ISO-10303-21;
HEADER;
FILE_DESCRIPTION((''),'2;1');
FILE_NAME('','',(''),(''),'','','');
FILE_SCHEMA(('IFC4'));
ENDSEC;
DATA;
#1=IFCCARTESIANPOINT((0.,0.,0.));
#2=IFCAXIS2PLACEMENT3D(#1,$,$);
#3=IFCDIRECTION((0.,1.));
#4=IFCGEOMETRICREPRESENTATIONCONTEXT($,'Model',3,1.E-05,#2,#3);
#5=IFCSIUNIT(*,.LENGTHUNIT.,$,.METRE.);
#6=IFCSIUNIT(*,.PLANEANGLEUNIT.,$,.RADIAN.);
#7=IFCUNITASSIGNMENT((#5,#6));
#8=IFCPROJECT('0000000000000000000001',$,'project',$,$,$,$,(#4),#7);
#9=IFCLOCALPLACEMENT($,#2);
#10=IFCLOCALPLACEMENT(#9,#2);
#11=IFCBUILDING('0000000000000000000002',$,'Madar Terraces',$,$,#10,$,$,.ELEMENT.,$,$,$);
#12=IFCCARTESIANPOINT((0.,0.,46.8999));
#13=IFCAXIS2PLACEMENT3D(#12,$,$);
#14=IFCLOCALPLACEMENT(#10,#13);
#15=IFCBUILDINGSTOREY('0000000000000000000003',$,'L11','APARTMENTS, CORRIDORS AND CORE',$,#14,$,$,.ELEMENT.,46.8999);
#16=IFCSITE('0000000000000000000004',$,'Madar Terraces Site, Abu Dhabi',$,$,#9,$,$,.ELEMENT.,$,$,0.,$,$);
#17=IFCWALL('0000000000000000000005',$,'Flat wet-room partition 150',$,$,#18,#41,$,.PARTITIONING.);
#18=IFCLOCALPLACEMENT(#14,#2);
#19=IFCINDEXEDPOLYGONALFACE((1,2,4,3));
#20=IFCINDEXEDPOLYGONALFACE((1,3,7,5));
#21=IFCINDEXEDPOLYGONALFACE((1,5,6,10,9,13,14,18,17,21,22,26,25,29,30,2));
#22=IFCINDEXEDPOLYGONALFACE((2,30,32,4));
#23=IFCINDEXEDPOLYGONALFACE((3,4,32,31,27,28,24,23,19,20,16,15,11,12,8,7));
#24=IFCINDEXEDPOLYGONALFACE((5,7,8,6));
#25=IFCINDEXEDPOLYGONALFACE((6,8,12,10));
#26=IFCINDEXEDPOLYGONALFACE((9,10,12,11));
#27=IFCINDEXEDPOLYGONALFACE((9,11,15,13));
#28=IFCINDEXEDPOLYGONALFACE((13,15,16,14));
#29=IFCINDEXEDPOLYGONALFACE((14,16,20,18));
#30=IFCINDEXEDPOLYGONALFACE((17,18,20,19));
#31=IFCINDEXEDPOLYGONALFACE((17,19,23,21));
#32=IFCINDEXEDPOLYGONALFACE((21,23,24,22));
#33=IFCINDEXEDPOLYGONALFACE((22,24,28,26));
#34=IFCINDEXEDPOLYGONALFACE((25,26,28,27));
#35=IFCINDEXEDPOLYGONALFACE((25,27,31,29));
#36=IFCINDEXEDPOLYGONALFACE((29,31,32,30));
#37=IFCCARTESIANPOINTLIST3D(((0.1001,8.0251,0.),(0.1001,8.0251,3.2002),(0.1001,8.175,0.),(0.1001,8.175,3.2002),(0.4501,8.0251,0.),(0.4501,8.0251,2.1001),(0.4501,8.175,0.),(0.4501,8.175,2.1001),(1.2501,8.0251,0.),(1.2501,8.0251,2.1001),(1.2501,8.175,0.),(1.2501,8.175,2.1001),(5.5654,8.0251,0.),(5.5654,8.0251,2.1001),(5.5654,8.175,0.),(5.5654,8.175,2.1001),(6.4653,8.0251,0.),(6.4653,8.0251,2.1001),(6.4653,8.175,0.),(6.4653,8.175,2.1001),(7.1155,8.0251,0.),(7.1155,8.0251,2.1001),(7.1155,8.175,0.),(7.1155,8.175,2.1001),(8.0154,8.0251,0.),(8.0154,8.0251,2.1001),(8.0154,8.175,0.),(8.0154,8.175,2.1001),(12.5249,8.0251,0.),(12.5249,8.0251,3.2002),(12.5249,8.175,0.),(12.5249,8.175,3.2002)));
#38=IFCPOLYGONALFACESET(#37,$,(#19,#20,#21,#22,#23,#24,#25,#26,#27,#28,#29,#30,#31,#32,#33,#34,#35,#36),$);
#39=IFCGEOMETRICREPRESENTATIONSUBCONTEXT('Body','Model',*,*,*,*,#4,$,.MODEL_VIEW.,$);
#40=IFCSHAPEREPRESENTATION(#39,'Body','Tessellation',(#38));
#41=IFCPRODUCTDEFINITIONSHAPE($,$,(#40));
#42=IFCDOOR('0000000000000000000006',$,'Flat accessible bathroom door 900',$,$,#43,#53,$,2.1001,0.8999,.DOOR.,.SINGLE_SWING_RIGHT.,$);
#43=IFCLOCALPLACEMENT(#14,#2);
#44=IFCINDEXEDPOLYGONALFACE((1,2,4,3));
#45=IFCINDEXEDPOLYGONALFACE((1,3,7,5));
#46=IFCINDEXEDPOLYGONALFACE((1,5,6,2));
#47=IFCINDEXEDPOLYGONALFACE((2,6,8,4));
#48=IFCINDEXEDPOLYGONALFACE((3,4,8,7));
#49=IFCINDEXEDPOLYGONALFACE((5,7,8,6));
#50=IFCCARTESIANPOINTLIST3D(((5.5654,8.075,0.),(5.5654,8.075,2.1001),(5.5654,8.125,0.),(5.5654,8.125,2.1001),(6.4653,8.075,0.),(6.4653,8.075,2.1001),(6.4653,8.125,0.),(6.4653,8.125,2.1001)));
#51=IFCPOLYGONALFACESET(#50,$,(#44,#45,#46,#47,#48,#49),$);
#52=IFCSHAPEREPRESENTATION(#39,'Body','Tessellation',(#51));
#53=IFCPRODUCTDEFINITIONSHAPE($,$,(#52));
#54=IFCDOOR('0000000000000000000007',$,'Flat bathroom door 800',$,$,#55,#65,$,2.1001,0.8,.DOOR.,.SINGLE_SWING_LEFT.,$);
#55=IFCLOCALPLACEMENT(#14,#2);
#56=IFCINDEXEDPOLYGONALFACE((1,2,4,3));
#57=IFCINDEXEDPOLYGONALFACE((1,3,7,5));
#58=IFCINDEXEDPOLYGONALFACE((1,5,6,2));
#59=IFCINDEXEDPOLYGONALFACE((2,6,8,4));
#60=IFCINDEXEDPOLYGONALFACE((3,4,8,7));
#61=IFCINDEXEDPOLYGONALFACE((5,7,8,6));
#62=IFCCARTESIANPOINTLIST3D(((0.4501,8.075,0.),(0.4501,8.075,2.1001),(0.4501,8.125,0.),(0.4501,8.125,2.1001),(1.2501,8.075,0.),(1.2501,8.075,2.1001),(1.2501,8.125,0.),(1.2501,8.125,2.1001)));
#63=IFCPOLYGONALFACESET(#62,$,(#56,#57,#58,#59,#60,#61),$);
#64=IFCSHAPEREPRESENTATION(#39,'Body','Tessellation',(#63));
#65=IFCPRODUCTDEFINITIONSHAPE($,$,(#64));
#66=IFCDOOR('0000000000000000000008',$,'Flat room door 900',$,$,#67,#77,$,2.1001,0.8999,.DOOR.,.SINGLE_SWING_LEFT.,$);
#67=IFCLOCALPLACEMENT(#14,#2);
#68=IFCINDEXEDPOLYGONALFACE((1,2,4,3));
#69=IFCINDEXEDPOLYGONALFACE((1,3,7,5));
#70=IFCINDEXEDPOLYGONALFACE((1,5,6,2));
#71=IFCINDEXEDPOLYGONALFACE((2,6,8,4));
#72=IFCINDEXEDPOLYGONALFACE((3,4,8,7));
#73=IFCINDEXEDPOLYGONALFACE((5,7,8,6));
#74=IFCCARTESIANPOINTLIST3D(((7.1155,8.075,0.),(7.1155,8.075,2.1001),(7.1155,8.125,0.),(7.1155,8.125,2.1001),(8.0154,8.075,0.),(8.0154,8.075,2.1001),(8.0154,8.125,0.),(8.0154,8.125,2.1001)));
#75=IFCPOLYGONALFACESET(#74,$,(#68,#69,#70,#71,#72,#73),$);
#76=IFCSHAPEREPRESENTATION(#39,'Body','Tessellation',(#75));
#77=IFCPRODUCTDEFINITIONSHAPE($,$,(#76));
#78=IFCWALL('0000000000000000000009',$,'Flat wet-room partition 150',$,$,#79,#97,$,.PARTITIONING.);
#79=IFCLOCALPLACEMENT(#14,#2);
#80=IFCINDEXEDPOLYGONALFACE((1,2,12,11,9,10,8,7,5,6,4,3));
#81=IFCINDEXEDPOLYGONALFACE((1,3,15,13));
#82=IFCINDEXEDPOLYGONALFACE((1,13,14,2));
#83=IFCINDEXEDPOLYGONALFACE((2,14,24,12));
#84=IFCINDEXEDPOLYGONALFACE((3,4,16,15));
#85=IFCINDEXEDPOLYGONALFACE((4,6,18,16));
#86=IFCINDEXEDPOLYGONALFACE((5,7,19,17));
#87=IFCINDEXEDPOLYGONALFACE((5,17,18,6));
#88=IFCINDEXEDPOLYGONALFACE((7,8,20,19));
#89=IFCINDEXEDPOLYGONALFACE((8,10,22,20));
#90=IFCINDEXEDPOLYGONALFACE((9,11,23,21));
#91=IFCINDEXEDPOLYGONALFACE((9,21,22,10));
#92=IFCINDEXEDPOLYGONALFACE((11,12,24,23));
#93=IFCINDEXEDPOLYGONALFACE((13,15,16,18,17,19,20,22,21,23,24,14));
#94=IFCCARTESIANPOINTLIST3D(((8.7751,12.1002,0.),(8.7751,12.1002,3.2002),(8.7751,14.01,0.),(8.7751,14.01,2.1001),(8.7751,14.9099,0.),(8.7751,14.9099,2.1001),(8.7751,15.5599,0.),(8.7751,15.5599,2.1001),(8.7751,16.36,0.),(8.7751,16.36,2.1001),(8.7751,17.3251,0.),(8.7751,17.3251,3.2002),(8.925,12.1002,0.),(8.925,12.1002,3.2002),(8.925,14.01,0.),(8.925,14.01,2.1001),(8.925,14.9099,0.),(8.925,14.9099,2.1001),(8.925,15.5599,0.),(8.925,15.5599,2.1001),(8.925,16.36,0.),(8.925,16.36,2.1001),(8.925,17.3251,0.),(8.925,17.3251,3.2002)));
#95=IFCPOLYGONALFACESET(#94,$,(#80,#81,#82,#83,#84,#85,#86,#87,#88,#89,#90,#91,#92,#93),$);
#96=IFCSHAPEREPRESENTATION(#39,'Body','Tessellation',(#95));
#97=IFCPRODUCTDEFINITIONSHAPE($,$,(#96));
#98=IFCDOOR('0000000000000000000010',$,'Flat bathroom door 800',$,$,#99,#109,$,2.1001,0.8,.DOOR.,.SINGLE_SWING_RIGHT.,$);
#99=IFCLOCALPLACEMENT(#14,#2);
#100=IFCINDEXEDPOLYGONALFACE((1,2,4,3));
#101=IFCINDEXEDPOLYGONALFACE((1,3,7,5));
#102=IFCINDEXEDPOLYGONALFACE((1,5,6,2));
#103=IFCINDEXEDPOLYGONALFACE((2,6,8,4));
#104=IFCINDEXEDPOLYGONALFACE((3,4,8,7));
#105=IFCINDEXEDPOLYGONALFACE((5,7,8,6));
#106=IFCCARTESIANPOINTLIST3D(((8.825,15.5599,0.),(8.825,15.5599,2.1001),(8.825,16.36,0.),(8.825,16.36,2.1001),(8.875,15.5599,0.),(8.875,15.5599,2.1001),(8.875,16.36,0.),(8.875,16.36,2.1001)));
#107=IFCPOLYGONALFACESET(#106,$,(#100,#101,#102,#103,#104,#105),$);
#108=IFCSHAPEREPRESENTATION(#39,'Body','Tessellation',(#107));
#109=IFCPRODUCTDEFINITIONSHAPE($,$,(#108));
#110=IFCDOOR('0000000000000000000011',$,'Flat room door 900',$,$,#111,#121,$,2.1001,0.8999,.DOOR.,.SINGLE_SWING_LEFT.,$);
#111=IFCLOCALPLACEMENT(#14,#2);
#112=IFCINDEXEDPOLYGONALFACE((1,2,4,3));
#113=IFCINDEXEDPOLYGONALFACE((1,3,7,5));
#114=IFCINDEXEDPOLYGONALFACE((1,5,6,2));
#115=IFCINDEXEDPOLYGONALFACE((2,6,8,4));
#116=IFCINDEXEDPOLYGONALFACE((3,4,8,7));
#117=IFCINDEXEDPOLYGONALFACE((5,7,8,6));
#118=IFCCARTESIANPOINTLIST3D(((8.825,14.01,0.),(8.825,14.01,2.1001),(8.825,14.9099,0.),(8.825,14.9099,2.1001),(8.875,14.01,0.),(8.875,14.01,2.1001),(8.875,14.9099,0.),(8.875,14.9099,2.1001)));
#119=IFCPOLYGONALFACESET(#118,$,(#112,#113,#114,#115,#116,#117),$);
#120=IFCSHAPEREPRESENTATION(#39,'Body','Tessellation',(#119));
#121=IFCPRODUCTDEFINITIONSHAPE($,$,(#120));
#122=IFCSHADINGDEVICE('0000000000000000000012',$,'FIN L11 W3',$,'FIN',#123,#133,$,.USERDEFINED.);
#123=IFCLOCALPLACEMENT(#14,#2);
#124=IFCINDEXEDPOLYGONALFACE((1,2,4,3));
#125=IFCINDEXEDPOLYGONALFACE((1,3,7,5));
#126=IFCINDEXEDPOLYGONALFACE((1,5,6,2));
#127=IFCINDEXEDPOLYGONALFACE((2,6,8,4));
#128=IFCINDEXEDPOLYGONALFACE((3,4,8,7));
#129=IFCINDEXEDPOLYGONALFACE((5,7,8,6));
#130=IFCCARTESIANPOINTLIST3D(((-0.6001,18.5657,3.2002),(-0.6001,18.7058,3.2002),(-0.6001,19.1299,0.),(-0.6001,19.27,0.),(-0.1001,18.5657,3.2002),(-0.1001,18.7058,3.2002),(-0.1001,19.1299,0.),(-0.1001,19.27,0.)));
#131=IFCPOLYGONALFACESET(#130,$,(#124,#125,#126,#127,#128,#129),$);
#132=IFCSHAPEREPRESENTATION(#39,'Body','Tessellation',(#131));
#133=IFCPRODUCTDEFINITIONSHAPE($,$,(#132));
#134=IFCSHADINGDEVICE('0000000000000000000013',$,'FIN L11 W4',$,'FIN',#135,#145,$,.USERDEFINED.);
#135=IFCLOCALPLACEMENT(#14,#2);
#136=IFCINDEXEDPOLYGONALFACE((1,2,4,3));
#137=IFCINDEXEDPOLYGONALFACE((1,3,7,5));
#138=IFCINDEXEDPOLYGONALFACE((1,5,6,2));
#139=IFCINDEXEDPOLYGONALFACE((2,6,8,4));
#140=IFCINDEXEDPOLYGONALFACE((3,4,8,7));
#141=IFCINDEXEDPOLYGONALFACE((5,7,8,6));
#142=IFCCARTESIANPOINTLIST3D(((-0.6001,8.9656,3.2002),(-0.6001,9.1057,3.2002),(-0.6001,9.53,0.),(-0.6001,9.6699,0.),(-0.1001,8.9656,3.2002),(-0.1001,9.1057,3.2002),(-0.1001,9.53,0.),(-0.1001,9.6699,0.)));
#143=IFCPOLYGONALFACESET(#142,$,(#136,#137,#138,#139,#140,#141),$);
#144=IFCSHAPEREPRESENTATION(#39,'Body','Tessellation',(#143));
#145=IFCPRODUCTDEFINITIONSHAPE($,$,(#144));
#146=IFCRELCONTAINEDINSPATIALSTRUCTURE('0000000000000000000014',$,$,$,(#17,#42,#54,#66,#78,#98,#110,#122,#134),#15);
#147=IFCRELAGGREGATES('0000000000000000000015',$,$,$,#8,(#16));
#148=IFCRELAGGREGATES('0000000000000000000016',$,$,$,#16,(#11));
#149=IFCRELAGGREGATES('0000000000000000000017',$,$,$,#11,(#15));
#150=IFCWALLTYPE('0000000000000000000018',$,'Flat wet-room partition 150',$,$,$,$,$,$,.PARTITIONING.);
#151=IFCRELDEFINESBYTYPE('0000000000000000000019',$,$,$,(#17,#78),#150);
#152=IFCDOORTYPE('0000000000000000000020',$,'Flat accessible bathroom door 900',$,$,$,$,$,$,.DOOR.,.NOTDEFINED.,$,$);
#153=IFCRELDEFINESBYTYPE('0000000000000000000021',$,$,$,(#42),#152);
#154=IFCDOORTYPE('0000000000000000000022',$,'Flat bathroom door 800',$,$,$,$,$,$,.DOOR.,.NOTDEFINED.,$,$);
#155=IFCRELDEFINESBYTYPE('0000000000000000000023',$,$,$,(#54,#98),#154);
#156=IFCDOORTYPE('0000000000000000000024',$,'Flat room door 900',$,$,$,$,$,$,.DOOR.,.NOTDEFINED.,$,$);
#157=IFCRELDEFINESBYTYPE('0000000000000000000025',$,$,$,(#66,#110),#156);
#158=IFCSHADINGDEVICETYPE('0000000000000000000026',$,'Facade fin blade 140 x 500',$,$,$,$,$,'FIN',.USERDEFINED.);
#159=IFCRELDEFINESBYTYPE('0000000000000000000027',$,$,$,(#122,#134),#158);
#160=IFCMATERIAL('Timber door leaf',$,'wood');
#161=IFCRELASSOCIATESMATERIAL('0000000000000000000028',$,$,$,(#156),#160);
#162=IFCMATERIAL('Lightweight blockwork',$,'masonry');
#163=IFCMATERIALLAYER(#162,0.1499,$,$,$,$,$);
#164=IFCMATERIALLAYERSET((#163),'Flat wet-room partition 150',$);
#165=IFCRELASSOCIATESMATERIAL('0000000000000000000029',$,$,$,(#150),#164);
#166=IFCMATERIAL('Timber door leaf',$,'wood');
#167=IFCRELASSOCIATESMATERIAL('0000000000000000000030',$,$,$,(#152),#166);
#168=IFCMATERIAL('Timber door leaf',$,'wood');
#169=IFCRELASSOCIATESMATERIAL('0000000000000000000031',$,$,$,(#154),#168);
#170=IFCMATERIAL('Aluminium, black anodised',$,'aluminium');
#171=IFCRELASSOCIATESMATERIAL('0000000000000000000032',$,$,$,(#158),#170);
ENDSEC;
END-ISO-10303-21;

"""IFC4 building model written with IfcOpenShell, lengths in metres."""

from ifc_helpers import new_model, si_unit, direction, frame, frame_2d, origin, place, context, subcontext, project, spatial, polyline, rectangle, outline, extrude, material, layer, layer_set, type_object, element, fill, save


model = new_model("IFC4")

# Units and contexts
model_context = context("Model", 3, precision=1e-05, world=origin(), true_north=direction((0.0, 1.0)))
body_context = subcontext(model_context, "Body", "Model", "MODEL_VIEW")
ifc_project = project(units=[si_unit("LENGTHUNIT", "METRE"), si_unit("PLANEANGLEUNIT", "RADIAN")], contexts=[model_context])

# Site, building, storey
site_placement = place(None, origin())
site = spatial("IfcSite", under=ifc_project, at=site_placement, Name="Madar Terraces Site, Abu Dhabi", CompositionType="ELEMENT", RefElevation=0.0)
building_placement = place(site_placement, origin())
building = spatial("IfcBuilding", under=site, at=building_placement, Name="Madar Terraces", CompositionType="ELEMENT")
storey_placement = place(building_placement, frame((0.0, 0.0, 46.8999)))
storey = spatial("IfcBuildingStorey", under=building, at=storey_placement, Name="L11", Description="APARTMENTS, CORRIDORS AND CORE", CompositionType="ELEMENT", Elevation=46.8999)

# Shared definitions
ifc_material_1 = material(Name="Timber door leaf", Category="wood")
door_type_1 = type_object("IfcDoorType", Name="Flat room door 900", OperationType="NOTDEFINED", PredefinedType="DOOR", material=ifc_material_1)

# Shared definitions
ifc_material_2 = material(Name="Lightweight blockwork", Category="masonry")
ifc_layer_1 = layer(ifc_material_2, 0.1499)
ifc_layer_set_1 = layer_set([ifc_layer_1], Name="Flat wet-room partition 150")
wall_type_1 = type_object("IfcWallType", Name="Flat wet-room partition 150", PredefinedType="PARTITIONING", material=ifc_layer_set_1)

# Walls, openings, doors
wall_1_placement = place(storey_placement, frame((0.1001, 8.1001, 0.0), z_axis=(0.0, 0.0, 1.0), x_axis=(1.0, 0.0, 0.0)))
wall_1 = element("IfcWall", 1, at=wall_1_placement, inside=storey, type_object=wall_type_1, Name="Flat wet-room partition 150", PredefinedType="PARTITIONING", context=body_context, shape_type="SweptSolid", body=[
    extrude(rectangle(XDim=12.4248, YDim=0.1499, at=frame_2d((6.2124, 0.0))), origin(), (0.0, 0.0, 1.0), 3.2002),
])
opening_1_placement = place(wall_1_placement, frame((7.0154, 0.0, 0.0)))
opening_1 = element("IfcOpeningElement", 2, at=opening_1_placement, cuts=wall_1, PredefinedType="OPENING", context=body_context, shape_type="SweptSolid", body=[
    extrude(rectangle(XDim=0.8999, YDim=2.1001, at=frame_2d((0.45, 1.05))), frame((0.0, 0.085, 0.0), z_axis=(0.0, -1.0, 0.0), x_axis=(1.0, 0.0, 0.0)), (0.0, 0.0, 1.0), 0.1699),
])
opening_2_placement = place(wall_1_placement, frame((5.4653, 0.0, 0.0)))
opening_2 = element("IfcOpeningElement", 3, at=opening_2_placement, cuts=wall_1, PredefinedType="OPENING", context=body_context, shape_type="SweptSolid", body=[
    extrude(rectangle(XDim=0.8999, YDim=2.1001, at=frame_2d((0.45, 1.05))), frame((0.0, 0.085, 0.0), z_axis=(0.0, -1.0, 0.0), x_axis=(1.0, 0.0, 0.0)), (0.0, 0.0, 1.0), 0.1699),
])
opening_3_placement = place(wall_1_placement, frame((0.3501, 0.0, 0.0)))
opening_3 = element("IfcOpeningElement", 4, at=opening_3_placement, cuts=wall_1, PredefinedType="OPENING", context=body_context, shape_type="SweptSolid", body=[
    extrude(rectangle(XDim=0.8, YDim=2.1001, at=frame_2d((0.3999, 1.05))), frame((0.0, 0.085, 0.0), z_axis=(0.0, -1.0, 0.0), x_axis=(1.0, 0.0, 0.0)), (0.0, 0.0, 1.0), 0.1699),
])
ifc_material_3 = material(Name="Timber door leaf", Category="wood")
door_type_2 = type_object("IfcDoorType", Name="Flat accessible bathroom door 900", OperationType="NOTDEFINED", PredefinedType="DOOR", material=ifc_material_3)
door_1_placement = place(opening_2_placement, origin())
door_1 = element("IfcDoor", 5, at=door_1_placement, inside=storey, type_object=door_type_2, Name="Flat accessible bathroom door 900", OperationType="SINGLE_SWING_RIGHT", OverallHeight=2.1001, OverallWidth=0.8999, PredefinedType="DOOR", context=body_context, shape_type="SweptSolid", body=[
    extrude(rectangle(XDim=0.8999, YDim=2.1001, at=frame_2d((0.45, 1.05))), frame((0.0, 0.0249, 0.0), z_axis=(0.0, -1.0, 0.0), x_axis=(1.0, 0.0, 0.0)), (0.0, 0.0, 1.0), 0.05),
])
fill(opening_2, door_1)
ifc_material_4 = material(Name="Timber door leaf", Category="wood")
door_type_3 = type_object("IfcDoorType", Name="Flat bathroom door 800", OperationType="NOTDEFINED", PredefinedType="DOOR", material=ifc_material_4)
door_2_placement = place(opening_3_placement, origin())
door_2 = element("IfcDoor", 6, at=door_2_placement, inside=storey, type_object=door_type_3, Name="Flat bathroom door 800", OperationType="SINGLE_SWING_LEFT", OverallHeight=2.1001, OverallWidth=0.8, PredefinedType="DOOR", context=body_context, shape_type="SweptSolid", body=[
    extrude(rectangle(XDim=0.8, YDim=2.1001, at=frame_2d((0.3999, 1.05))), frame((0.0, 0.0249, 0.0), z_axis=(0.0, -1.0, 0.0), x_axis=(1.0, 0.0, 0.0)), (0.0, 0.0, 1.0), 0.05),
])
fill(opening_3, door_2)
door_3_placement = place(opening_1_placement, origin())
door_3 = element("IfcDoor", 7, at=door_3_placement, inside=storey, type_object=door_type_1, Name="Flat room door 900", OperationType="SINGLE_SWING_LEFT", OverallHeight=2.1001, OverallWidth=0.8999, PredefinedType="DOOR", context=body_context, shape_type="SweptSolid", body=[
    extrude(rectangle(XDim=0.8999, YDim=2.1001, at=frame_2d((0.45, 1.05))), frame((0.0, 0.0249, 0.0), z_axis=(0.0, -1.0, 0.0), x_axis=(1.0, 0.0, 0.0)), (0.0, 0.0, 1.0), 0.05),
])
fill(opening_1, door_3)
wall_2_placement = place(storey_placement, frame((8.8501, 17.325, 0.0), z_axis=(0.0, 0.0, 1.0), x_axis=(0.0, -1.0, 0.0)))
wall_2 = element("IfcWall", 8, at=wall_2_placement, inside=storey, type_object=wall_type_1, Name="Flat wet-room partition 150", PredefinedType="PARTITIONING", context=body_context, shape_type="SweptSolid", body=[
    extrude(rectangle(XDim=5.2249, YDim=0.1499, at=frame_2d((2.6123, 0.0))), origin(), (0.0, 0.0, 1.0), 3.2002),
])
opening_4_placement = place(wall_2_placement, frame((0.9651, 0.0, 0.0)))
opening_4 = element("IfcOpeningElement", 9, at=opening_4_placement, cuts=wall_2, PredefinedType="OPENING", context=body_context, shape_type="SweptSolid", body=[
    extrude(rectangle(XDim=0.8, YDim=2.1001, at=frame_2d((0.3999, 1.05))), frame((0.0, 0.085, 0.0), z_axis=(0.0, -1.0, 0.0), x_axis=(1.0, 0.0, 0.0)), (0.0, 0.0, 1.0), 0.1699),
])
opening_5_placement = place(wall_2_placement, frame((2.415, 0.0, 0.0)))
opening_5 = element("IfcOpeningElement", 10, at=opening_5_placement, cuts=wall_2, PredefinedType="OPENING", context=body_context, shape_type="SweptSolid", body=[
    extrude(rectangle(XDim=0.8999, YDim=2.1001, at=frame_2d((0.45, 1.05))), frame((0.0, 0.085, 0.0), z_axis=(0.0, -1.0, 0.0), x_axis=(1.0, 0.0, 0.0)), (0.0, 0.0, 1.0), 0.1699),
])
door_4_placement = place(opening_4_placement, origin())
door_4 = element("IfcDoor", 11, at=door_4_placement, inside=storey, type_object=door_type_3, Name="Flat bathroom door 800", OperationType="SINGLE_SWING_RIGHT", OverallHeight=2.1001, OverallWidth=0.8, PredefinedType="DOOR", context=body_context, shape_type="SweptSolid", body=[
    extrude(rectangle(XDim=0.8, YDim=2.1001, at=frame_2d((0.3999, 1.05))), frame((0.0, 0.0249, 0.0), z_axis=(0.0, -1.0, 0.0), x_axis=(1.0, 0.0, 0.0)), (0.0, 0.0, 1.0), 0.05),
])
fill(opening_4, door_4)
door_5_placement = place(opening_5_placement, origin())
door_5 = element("IfcDoor", 12, at=door_5_placement, inside=storey, type_object=door_type_1, Name="Flat room door 900", OperationType="SINGLE_SWING_LEFT", OverallHeight=2.1001, OverallWidth=0.8999, PredefinedType="DOOR", context=body_context, shape_type="SweptSolid", body=[
    extrude(rectangle(XDim=0.8999, YDim=2.1001, at=frame_2d((0.45, 1.05))), frame((0.0, 0.0249, 0.0), z_axis=(0.0, -1.0, 0.0), x_axis=(1.0, 0.0, 0.0)), (0.0, 0.0, 1.0), 0.05),
])
fill(opening_5, door_5)

# Shading devices
ifc_material_5 = material(Name="Aluminium, black anodised", Category="aluminium")
shading_device_type = type_object("IfcShadingDeviceType", Name="Facade fin blade 140 x 500", ElementType="FIN", PredefinedType="USERDEFINED", material=ifc_material_5)
shading_device_1_placement = place(storey_placement, frame((-0.3501, 19.27, 0.0), z_axis=(0.0, 0.0, 1.0), x_axis=(0.0, -1.0, 0.0)))
element("IfcShadingDevice", 13, at=shading_device_1_placement, inside=storey, type_object=shading_device_type, Name="FIN L11 W3", ObjectType="FIN", PredefinedType="USERDEFINED", context=body_context, shape_type="SweptSolid", body=[
    extrude(outline(polyline([(0.0, 0.0), (0.1401, 0.0), (0.7043, 3.2002), (0.5642, 3.2002), (0.0, 0.0)])), frame((0.0, 0.25, 0.0), z_axis=(0.0, -1.0, 0.0), x_axis=(1.0, 0.0, 0.0)), (0.0, 0.0, 1.0), 0.5),
])
shading_device_2_placement = place(storey_placement, frame((-0.3501, 9.6699, 0.0), z_axis=(0.0, 0.0, 1.0), x_axis=(0.0, -1.0, 0.0)))
element("IfcShadingDevice", 14, at=shading_device_2_placement, inside=storey, type_object=shading_device_type, Name="FIN L11 W4", ObjectType="FIN", PredefinedType="USERDEFINED", context=body_context, shape_type="SweptSolid", body=[
    extrude(outline(polyline([(0.0, 0.0), (0.1399, 0.0), (0.7043, 3.2002), (0.5642, 3.2002), (0.0, 0.0)])), frame((0.0, 0.25, 0.0), z_axis=(0.0, -1.0, 0.0), x_axis=(1.0, 0.0, 0.0)), (0.0, 0.0, 1.0), 0.5),
])

save(model, "model.ifc")
